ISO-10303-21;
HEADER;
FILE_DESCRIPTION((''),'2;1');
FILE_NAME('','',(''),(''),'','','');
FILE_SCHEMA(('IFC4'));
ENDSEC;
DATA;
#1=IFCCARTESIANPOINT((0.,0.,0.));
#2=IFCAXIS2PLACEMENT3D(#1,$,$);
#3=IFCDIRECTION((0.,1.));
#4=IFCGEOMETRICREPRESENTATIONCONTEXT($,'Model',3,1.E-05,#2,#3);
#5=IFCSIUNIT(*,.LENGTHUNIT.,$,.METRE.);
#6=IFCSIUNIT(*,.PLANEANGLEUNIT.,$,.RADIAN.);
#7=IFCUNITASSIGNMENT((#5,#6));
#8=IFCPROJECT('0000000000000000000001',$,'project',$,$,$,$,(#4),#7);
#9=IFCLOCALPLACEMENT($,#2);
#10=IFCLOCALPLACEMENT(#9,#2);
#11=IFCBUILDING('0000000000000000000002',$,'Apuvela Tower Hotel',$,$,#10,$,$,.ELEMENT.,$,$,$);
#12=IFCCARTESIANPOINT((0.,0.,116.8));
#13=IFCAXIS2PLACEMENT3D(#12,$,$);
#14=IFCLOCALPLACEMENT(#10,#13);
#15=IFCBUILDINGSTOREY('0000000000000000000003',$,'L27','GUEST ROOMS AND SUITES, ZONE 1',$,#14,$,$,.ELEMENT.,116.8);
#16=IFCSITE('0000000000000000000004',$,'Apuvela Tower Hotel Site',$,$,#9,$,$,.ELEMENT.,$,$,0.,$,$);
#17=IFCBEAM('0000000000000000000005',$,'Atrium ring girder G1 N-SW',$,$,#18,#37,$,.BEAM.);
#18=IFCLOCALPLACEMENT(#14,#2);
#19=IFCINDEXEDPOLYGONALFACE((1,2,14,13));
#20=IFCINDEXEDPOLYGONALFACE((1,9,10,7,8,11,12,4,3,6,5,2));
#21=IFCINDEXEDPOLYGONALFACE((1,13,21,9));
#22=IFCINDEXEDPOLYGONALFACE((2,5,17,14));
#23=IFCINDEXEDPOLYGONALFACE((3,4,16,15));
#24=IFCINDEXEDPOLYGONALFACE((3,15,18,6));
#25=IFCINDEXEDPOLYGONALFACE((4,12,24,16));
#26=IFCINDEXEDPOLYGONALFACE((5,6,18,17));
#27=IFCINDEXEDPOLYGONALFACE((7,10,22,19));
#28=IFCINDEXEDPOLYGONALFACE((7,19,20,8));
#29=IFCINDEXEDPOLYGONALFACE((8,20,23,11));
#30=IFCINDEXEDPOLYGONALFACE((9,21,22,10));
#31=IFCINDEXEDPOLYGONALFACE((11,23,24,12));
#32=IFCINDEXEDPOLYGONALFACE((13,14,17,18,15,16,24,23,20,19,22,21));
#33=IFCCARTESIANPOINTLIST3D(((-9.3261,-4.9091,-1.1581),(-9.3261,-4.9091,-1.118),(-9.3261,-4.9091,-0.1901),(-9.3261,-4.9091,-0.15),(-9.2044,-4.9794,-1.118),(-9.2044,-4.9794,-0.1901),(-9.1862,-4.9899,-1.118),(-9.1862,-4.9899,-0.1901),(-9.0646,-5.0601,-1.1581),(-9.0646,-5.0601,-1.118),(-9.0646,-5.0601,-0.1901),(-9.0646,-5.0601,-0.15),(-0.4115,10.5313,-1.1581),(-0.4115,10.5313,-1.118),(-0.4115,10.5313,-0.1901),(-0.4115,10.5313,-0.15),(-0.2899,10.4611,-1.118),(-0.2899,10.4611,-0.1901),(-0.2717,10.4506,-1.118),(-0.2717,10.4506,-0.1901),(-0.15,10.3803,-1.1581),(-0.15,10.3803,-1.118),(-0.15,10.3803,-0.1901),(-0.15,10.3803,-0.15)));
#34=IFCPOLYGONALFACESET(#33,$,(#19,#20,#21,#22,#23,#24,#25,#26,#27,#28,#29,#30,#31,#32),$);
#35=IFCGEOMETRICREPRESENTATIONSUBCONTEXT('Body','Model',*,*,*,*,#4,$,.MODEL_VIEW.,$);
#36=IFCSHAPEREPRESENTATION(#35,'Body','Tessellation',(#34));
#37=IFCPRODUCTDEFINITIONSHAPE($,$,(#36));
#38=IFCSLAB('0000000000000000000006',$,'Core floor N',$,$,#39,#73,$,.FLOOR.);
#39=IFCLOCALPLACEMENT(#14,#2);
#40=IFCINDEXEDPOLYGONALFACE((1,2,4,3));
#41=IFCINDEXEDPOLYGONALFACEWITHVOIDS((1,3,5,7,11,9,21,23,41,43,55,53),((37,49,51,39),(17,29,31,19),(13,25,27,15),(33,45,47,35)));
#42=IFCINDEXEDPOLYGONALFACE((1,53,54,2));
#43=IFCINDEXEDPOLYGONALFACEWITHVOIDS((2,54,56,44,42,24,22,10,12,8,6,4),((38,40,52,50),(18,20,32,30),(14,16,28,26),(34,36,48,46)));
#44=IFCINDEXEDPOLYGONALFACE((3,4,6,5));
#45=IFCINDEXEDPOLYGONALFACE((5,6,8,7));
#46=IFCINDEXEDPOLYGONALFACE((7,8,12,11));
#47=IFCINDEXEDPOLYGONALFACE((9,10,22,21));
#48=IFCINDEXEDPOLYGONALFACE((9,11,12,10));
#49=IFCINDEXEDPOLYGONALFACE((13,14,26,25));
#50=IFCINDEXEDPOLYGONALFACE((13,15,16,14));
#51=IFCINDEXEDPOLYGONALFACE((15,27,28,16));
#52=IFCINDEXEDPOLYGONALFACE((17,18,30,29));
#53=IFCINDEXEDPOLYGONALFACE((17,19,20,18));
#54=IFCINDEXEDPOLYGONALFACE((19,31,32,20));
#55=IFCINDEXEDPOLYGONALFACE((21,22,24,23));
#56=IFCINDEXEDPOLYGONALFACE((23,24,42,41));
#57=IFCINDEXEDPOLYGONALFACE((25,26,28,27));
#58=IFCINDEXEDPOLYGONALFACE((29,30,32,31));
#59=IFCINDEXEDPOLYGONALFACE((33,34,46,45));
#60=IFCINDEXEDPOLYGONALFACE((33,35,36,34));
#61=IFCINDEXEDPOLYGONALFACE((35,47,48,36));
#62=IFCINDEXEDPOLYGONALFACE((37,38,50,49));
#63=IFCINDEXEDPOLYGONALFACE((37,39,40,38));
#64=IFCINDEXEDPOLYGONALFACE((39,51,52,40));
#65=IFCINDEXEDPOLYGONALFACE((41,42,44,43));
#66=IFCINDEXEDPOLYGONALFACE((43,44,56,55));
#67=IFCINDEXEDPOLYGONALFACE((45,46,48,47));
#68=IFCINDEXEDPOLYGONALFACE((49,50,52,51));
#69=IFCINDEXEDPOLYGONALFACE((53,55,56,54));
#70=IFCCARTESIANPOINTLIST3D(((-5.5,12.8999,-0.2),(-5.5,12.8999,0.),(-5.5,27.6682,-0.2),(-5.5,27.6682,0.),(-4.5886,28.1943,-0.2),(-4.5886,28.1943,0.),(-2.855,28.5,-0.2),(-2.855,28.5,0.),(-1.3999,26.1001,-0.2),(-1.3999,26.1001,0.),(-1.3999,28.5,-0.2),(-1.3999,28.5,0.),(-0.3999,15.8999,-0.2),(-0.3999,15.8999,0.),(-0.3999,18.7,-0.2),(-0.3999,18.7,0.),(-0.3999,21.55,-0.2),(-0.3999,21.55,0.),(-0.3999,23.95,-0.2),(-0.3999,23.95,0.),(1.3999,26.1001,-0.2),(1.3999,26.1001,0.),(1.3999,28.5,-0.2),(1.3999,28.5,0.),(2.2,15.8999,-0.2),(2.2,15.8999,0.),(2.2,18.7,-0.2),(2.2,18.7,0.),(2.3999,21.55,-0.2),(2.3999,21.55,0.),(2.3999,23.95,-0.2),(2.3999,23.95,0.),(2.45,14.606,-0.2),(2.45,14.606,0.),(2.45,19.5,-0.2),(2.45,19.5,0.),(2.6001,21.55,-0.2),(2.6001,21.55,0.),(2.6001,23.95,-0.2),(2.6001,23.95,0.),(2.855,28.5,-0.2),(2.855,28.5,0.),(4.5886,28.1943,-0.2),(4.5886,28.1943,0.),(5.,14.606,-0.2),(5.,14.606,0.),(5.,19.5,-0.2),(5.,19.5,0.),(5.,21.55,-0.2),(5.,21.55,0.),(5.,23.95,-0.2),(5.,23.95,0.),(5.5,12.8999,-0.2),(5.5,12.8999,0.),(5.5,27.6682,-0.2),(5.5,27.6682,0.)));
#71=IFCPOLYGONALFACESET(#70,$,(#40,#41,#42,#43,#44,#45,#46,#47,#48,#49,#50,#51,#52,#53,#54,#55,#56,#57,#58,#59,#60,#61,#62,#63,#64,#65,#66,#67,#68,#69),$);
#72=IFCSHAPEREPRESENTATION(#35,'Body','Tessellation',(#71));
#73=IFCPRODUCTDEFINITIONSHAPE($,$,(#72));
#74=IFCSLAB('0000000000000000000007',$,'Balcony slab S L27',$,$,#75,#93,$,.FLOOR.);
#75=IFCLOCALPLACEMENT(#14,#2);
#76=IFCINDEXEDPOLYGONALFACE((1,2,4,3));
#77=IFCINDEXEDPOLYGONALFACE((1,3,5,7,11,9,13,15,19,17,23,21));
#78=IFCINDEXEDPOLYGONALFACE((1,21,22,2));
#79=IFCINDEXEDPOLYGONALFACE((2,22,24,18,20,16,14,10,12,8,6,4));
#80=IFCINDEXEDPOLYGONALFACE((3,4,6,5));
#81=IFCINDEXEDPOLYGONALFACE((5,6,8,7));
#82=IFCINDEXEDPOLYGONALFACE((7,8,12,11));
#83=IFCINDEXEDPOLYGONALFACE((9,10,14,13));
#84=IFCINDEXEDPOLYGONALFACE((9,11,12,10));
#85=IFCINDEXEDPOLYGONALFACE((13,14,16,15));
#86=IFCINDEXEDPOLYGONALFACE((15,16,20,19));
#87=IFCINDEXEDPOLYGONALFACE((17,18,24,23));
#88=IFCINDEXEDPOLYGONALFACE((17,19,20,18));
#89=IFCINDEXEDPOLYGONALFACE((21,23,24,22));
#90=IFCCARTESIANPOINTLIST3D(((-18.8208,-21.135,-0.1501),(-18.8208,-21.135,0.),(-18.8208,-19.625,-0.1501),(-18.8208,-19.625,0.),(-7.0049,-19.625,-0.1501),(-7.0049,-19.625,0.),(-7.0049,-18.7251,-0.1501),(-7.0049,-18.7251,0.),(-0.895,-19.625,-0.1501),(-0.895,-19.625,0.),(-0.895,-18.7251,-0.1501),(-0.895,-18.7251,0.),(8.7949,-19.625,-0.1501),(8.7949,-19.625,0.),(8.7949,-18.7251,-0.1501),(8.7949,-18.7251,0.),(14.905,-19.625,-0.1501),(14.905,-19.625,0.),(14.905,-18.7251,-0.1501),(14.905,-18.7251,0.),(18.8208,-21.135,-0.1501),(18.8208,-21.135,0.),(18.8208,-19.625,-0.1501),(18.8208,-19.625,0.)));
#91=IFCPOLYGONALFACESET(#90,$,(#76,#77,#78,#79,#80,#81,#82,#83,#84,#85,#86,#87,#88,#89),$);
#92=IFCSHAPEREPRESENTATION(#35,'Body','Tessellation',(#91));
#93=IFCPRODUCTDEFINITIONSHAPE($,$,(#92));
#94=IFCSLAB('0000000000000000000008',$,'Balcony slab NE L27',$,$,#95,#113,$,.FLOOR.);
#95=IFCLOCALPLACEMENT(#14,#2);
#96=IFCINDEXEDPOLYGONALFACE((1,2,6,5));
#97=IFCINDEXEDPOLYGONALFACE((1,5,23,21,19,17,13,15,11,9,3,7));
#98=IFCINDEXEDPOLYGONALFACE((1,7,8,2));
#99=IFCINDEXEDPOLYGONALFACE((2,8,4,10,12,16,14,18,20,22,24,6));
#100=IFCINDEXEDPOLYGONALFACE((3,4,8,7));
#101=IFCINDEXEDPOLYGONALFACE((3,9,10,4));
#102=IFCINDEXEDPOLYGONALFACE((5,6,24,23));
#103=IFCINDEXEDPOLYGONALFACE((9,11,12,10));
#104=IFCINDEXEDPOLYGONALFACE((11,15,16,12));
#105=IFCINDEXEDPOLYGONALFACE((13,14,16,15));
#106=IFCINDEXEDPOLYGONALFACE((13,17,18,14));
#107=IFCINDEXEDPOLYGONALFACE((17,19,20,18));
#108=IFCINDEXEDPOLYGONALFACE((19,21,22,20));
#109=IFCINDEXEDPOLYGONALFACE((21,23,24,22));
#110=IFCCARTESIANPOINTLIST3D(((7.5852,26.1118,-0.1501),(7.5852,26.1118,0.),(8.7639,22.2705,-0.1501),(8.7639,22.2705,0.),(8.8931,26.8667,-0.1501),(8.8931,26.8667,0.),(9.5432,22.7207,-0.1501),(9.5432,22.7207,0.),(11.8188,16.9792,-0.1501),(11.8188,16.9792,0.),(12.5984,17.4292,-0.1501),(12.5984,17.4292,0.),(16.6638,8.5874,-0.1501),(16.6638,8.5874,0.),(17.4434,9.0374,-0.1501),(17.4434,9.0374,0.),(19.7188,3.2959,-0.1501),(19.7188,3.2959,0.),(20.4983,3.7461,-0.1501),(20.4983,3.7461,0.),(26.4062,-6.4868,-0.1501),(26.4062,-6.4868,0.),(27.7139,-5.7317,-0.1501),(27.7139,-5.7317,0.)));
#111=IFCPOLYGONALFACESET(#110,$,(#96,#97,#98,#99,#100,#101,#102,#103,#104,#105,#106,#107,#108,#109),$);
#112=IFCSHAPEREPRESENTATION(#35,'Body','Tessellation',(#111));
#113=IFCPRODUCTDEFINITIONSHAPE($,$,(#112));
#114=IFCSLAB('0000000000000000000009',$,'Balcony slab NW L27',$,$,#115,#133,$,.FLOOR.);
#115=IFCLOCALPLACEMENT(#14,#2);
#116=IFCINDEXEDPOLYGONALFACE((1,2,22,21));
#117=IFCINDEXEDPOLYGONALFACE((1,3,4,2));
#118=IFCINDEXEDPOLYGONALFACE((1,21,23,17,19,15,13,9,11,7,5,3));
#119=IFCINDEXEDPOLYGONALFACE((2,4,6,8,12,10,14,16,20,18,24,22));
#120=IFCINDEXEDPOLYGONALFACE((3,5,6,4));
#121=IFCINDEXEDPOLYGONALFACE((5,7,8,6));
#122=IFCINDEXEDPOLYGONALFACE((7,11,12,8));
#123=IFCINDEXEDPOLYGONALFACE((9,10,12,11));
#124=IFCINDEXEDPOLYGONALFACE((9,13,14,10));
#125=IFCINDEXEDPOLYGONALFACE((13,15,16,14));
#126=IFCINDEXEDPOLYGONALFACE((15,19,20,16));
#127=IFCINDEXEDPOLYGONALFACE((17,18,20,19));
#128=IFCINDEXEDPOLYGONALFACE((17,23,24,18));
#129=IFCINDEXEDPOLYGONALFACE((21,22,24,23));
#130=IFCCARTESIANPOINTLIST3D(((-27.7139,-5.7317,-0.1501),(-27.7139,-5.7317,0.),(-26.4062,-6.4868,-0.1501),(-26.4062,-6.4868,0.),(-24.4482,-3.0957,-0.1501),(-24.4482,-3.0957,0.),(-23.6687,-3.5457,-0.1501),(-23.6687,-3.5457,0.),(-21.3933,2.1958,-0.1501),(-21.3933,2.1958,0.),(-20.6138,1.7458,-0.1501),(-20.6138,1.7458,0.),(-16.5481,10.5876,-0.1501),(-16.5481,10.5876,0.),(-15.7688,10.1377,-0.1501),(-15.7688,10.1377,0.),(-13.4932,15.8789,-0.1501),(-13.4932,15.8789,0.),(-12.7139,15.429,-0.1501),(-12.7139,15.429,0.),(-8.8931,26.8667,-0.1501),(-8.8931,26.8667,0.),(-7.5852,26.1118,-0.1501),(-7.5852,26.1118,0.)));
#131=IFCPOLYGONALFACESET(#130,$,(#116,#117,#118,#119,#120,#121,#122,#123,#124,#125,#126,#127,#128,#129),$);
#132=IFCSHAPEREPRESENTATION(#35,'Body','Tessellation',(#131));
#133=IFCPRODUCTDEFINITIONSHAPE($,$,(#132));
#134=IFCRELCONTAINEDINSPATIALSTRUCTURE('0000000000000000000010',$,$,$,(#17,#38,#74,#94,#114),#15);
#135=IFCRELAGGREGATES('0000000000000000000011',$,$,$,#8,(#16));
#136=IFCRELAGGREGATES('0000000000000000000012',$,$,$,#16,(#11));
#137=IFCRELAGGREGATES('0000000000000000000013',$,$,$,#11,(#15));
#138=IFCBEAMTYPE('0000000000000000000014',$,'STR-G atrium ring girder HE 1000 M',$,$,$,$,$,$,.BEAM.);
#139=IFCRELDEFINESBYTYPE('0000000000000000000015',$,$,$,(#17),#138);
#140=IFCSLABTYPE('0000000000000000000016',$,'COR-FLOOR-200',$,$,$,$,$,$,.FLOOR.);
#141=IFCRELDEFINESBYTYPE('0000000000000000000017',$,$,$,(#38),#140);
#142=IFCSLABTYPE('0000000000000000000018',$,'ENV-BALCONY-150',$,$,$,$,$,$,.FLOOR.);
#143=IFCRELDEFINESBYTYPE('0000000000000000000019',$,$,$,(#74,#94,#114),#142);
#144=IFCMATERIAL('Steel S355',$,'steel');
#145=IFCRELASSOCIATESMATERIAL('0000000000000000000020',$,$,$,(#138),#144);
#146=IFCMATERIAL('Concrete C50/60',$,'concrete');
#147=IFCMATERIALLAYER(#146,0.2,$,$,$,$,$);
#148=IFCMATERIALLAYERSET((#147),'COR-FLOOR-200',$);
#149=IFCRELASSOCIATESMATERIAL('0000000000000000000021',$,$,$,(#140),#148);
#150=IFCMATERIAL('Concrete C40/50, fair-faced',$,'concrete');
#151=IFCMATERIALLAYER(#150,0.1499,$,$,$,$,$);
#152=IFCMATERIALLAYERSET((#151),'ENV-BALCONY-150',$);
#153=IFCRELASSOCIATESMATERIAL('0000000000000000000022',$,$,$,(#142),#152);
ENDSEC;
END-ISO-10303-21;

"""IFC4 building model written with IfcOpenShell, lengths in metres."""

from ifc_helpers import new_model, si_unit, direction, frame, origin, origin_2d, place, context, subcontext, project, spatial, polyline, i_section, outline, extrude, material, layer, layer_set, material_profile, profile_set, type_object, element, save


model = new_model("IFC4")

# Units and contexts
model_context = context("Model", 3, precision=1e-05, world=origin(), true_north=direction((0.0, 1.0)))
body_context = subcontext(model_context, "Body", "Model", "MODEL_VIEW")
ifc_project = project(units=[si_unit("LENGTHUNIT", "METRE"), si_unit("PLANEANGLEUNIT", "RADIAN")], contexts=[model_context])

# Site, building, storey
site_placement = place(None, origin())
site = spatial("IfcSite", under=ifc_project, at=site_placement, Name="Apuvela Tower Hotel Site", CompositionType="ELEMENT", RefElevation=0.0)
building_placement = place(site_placement, origin())
building = spatial("IfcBuilding", under=site, at=building_placement, Name="Apuvela Tower Hotel", CompositionType="ELEMENT")
storey_placement = place(building_placement, frame((0.0, 0.0, 116.8)))
storey = spatial("IfcBuildingStorey", under=building, at=storey_placement, Name="L27", Description="GUEST ROOMS AND SUITES, ZONE 1", CompositionType="ELEMENT", Elevation=116.8)

# Beam
ifc_material_1 = material(Name="Steel S355", Category="steel")
ifc_material_profile = material_profile(ifc_material_1, i_section(OverallWidth=0.302, OverallDepth=1.0081, WebThickness=0.021, FlangeThickness=0.04, at=origin_2d()), Name="HE 1000 M")
ifc_profile_set = profile_set([ifc_material_profile], Name="Steel S355")
beam_type = type_object("IfcBeamType", Name="STR-G atrium ring girder HE 1000 M", PredefinedType="BEAM", material=ifc_profile_set)
beam_placement = place(storey_placement, frame((-0.2808, 10.4558, -0.6541), z_axis=(-0.500001, -0.866025, 0.0), x_axis=(0.866025, -0.500001, 0.0)))
element("IfcBeam", 1, at=beam_placement, inside=storey, type_object=beam_type, Name="Atrium ring girder G1 N-SW", PredefinedType="BEAM", context=body_context, shape_type="SweptSolid", body=[
    extrude(i_section(OverallWidth=0.302, OverallDepth=1.0081, WebThickness=0.021, FlangeThickness=0.04, at=origin_2d()), origin(), (0.0, 0.0, 1.0), 17.8291),
])

# Slabs
ifc_material_2 = material(Name="Concrete C50/60", Category="concrete")
ifc_layer_1 = layer(ifc_material_2, 0.2)
ifc_layer_set_1 = layer_set([ifc_layer_1], Name="COR-FLOOR-200")
slab_type_1 = type_object("IfcSlabType", Name="COR-FLOOR-200", PredefinedType="FLOOR", material=ifc_layer_set_1)
slab_1_placement = place(storey_placement, frame((0.0, 0.0, -0.2)))
element("IfcSlab", 2, at=slab_1_placement, inside=storey, type_object=slab_type_1, Name="Core floor N", PredefinedType="FLOOR", context=body_context, shape_type="SweptSolid", body=[
    extrude(outline(polyline([(5.5, 27.6682), (4.5886, 28.1943), (2.855, 28.5), (1.3999, 28.5), (1.3999, 26.1001), (-1.3999, 26.1001), (-1.3999, 28.5), (-2.855, 28.5), (-4.5886, 28.1943), (-5.5, 27.6682), (-5.5, 12.8999), (5.5, 12.8999), (5.5, 27.6682)]), holes=[polyline([(5.0, 14.606), (2.45, 14.606), (2.45, 19.5), (5.0, 19.5), (5.0, 14.606)]), polyline([(2.2, 15.8999), (-0.3999, 15.8999), (-0.3999, 18.7), (2.2, 18.7), (2.2, 15.8999)]), polyline([(5.0, 21.55), (2.6001, 21.55), (2.6001, 23.95), (5.0, 23.95), (5.0, 21.55)]), polyline([(2.3999, 21.55), (-0.3999, 21.55), (-0.3999, 23.95), (2.3999, 23.95), (2.3999, 21.55)])]), origin(), (0.0, 0.0, 1.0), 0.2),
])
ifc_material_3 = material(Name="Concrete C40/50, fair-faced", Category="concrete")
ifc_layer_2 = layer(ifc_material_3, 0.1499)
ifc_layer_set_2 = layer_set([ifc_layer_2], Name="ENV-BALCONY-150")
slab_type_2 = type_object("IfcSlabType", Name="ENV-BALCONY-150", PredefinedType="FLOOR", material=ifc_layer_set_2)
slab_2_placement = place(storey_placement, frame((0.0, 0.0, -0.1501)))
element("IfcSlab", 3, at=slab_2_placement, inside=storey, type_object=slab_type_2, Name="Balcony slab S L27", PredefinedType="FLOOR", context=body_context, shape_type="SweptSolid", body=[
    extrude(outline(polyline([(18.8208, -21.135), (-18.8208, -21.135), (-18.8208, -19.625), (-7.0049, -19.625), (-7.0049, -18.7251), (-0.895, -18.7251), (-0.895, -19.625), (8.7949, -19.625), (8.7949, -18.7251), (14.905, -18.7251), (14.905, -19.625), (18.8208, -19.625), (18.8208, -21.135)])), origin(), (0.0, 0.0, 1.0), 0.1501),
])
slab_3_placement = place(storey_placement, frame((0.0, 0.0, -0.1501)))
element("IfcSlab", 4, at=slab_3_placement, inside=storey, type_object=slab_type_2, Name="Balcony slab NE L27", PredefinedType="FLOOR", context=body_context, shape_type="SweptSolid", body=[
    extrude(outline(polyline([(17.4434, 9.0374), (12.5984, 17.4292), (11.8188, 16.9792), (8.7639, 22.2705), (9.5432, 22.7207), (7.5852, 26.1118), (8.8931, 26.8667), (27.7139, -5.7317), (26.4062, -6.4868), (20.4983, 3.7461), (19.7188, 3.2959), (16.6638, 8.5874), (17.4434, 9.0374)])), origin(), (0.0, 0.0, 1.0), 0.1501),
])
slab_4_placement = place(storey_placement, frame((0.0, 0.0, -0.1501)))
element("IfcSlab", 5, at=slab_4_placement, inside=storey, type_object=slab_type_2, Name="Balcony slab NW L27", PredefinedType="FLOOR", context=body_context, shape_type="SweptSolid", body=[
    extrude(outline(polyline([(-27.7139, -5.7317), (-8.8931, 26.8667), (-7.5852, 26.1118), (-13.4932, 15.8789), (-12.7139, 15.429), (-15.7688, 10.1377), (-16.5481, 10.5876), (-21.3933, 2.1958), (-20.6138, 1.7458), (-23.6687, -3.5457), (-24.4482, -3.0957), (-26.4062, -6.4868), (-27.7139, -5.7317)])), origin(), (0.0, 0.0, 1.0), 0.1501),
])

save(model, "model.ifc")
